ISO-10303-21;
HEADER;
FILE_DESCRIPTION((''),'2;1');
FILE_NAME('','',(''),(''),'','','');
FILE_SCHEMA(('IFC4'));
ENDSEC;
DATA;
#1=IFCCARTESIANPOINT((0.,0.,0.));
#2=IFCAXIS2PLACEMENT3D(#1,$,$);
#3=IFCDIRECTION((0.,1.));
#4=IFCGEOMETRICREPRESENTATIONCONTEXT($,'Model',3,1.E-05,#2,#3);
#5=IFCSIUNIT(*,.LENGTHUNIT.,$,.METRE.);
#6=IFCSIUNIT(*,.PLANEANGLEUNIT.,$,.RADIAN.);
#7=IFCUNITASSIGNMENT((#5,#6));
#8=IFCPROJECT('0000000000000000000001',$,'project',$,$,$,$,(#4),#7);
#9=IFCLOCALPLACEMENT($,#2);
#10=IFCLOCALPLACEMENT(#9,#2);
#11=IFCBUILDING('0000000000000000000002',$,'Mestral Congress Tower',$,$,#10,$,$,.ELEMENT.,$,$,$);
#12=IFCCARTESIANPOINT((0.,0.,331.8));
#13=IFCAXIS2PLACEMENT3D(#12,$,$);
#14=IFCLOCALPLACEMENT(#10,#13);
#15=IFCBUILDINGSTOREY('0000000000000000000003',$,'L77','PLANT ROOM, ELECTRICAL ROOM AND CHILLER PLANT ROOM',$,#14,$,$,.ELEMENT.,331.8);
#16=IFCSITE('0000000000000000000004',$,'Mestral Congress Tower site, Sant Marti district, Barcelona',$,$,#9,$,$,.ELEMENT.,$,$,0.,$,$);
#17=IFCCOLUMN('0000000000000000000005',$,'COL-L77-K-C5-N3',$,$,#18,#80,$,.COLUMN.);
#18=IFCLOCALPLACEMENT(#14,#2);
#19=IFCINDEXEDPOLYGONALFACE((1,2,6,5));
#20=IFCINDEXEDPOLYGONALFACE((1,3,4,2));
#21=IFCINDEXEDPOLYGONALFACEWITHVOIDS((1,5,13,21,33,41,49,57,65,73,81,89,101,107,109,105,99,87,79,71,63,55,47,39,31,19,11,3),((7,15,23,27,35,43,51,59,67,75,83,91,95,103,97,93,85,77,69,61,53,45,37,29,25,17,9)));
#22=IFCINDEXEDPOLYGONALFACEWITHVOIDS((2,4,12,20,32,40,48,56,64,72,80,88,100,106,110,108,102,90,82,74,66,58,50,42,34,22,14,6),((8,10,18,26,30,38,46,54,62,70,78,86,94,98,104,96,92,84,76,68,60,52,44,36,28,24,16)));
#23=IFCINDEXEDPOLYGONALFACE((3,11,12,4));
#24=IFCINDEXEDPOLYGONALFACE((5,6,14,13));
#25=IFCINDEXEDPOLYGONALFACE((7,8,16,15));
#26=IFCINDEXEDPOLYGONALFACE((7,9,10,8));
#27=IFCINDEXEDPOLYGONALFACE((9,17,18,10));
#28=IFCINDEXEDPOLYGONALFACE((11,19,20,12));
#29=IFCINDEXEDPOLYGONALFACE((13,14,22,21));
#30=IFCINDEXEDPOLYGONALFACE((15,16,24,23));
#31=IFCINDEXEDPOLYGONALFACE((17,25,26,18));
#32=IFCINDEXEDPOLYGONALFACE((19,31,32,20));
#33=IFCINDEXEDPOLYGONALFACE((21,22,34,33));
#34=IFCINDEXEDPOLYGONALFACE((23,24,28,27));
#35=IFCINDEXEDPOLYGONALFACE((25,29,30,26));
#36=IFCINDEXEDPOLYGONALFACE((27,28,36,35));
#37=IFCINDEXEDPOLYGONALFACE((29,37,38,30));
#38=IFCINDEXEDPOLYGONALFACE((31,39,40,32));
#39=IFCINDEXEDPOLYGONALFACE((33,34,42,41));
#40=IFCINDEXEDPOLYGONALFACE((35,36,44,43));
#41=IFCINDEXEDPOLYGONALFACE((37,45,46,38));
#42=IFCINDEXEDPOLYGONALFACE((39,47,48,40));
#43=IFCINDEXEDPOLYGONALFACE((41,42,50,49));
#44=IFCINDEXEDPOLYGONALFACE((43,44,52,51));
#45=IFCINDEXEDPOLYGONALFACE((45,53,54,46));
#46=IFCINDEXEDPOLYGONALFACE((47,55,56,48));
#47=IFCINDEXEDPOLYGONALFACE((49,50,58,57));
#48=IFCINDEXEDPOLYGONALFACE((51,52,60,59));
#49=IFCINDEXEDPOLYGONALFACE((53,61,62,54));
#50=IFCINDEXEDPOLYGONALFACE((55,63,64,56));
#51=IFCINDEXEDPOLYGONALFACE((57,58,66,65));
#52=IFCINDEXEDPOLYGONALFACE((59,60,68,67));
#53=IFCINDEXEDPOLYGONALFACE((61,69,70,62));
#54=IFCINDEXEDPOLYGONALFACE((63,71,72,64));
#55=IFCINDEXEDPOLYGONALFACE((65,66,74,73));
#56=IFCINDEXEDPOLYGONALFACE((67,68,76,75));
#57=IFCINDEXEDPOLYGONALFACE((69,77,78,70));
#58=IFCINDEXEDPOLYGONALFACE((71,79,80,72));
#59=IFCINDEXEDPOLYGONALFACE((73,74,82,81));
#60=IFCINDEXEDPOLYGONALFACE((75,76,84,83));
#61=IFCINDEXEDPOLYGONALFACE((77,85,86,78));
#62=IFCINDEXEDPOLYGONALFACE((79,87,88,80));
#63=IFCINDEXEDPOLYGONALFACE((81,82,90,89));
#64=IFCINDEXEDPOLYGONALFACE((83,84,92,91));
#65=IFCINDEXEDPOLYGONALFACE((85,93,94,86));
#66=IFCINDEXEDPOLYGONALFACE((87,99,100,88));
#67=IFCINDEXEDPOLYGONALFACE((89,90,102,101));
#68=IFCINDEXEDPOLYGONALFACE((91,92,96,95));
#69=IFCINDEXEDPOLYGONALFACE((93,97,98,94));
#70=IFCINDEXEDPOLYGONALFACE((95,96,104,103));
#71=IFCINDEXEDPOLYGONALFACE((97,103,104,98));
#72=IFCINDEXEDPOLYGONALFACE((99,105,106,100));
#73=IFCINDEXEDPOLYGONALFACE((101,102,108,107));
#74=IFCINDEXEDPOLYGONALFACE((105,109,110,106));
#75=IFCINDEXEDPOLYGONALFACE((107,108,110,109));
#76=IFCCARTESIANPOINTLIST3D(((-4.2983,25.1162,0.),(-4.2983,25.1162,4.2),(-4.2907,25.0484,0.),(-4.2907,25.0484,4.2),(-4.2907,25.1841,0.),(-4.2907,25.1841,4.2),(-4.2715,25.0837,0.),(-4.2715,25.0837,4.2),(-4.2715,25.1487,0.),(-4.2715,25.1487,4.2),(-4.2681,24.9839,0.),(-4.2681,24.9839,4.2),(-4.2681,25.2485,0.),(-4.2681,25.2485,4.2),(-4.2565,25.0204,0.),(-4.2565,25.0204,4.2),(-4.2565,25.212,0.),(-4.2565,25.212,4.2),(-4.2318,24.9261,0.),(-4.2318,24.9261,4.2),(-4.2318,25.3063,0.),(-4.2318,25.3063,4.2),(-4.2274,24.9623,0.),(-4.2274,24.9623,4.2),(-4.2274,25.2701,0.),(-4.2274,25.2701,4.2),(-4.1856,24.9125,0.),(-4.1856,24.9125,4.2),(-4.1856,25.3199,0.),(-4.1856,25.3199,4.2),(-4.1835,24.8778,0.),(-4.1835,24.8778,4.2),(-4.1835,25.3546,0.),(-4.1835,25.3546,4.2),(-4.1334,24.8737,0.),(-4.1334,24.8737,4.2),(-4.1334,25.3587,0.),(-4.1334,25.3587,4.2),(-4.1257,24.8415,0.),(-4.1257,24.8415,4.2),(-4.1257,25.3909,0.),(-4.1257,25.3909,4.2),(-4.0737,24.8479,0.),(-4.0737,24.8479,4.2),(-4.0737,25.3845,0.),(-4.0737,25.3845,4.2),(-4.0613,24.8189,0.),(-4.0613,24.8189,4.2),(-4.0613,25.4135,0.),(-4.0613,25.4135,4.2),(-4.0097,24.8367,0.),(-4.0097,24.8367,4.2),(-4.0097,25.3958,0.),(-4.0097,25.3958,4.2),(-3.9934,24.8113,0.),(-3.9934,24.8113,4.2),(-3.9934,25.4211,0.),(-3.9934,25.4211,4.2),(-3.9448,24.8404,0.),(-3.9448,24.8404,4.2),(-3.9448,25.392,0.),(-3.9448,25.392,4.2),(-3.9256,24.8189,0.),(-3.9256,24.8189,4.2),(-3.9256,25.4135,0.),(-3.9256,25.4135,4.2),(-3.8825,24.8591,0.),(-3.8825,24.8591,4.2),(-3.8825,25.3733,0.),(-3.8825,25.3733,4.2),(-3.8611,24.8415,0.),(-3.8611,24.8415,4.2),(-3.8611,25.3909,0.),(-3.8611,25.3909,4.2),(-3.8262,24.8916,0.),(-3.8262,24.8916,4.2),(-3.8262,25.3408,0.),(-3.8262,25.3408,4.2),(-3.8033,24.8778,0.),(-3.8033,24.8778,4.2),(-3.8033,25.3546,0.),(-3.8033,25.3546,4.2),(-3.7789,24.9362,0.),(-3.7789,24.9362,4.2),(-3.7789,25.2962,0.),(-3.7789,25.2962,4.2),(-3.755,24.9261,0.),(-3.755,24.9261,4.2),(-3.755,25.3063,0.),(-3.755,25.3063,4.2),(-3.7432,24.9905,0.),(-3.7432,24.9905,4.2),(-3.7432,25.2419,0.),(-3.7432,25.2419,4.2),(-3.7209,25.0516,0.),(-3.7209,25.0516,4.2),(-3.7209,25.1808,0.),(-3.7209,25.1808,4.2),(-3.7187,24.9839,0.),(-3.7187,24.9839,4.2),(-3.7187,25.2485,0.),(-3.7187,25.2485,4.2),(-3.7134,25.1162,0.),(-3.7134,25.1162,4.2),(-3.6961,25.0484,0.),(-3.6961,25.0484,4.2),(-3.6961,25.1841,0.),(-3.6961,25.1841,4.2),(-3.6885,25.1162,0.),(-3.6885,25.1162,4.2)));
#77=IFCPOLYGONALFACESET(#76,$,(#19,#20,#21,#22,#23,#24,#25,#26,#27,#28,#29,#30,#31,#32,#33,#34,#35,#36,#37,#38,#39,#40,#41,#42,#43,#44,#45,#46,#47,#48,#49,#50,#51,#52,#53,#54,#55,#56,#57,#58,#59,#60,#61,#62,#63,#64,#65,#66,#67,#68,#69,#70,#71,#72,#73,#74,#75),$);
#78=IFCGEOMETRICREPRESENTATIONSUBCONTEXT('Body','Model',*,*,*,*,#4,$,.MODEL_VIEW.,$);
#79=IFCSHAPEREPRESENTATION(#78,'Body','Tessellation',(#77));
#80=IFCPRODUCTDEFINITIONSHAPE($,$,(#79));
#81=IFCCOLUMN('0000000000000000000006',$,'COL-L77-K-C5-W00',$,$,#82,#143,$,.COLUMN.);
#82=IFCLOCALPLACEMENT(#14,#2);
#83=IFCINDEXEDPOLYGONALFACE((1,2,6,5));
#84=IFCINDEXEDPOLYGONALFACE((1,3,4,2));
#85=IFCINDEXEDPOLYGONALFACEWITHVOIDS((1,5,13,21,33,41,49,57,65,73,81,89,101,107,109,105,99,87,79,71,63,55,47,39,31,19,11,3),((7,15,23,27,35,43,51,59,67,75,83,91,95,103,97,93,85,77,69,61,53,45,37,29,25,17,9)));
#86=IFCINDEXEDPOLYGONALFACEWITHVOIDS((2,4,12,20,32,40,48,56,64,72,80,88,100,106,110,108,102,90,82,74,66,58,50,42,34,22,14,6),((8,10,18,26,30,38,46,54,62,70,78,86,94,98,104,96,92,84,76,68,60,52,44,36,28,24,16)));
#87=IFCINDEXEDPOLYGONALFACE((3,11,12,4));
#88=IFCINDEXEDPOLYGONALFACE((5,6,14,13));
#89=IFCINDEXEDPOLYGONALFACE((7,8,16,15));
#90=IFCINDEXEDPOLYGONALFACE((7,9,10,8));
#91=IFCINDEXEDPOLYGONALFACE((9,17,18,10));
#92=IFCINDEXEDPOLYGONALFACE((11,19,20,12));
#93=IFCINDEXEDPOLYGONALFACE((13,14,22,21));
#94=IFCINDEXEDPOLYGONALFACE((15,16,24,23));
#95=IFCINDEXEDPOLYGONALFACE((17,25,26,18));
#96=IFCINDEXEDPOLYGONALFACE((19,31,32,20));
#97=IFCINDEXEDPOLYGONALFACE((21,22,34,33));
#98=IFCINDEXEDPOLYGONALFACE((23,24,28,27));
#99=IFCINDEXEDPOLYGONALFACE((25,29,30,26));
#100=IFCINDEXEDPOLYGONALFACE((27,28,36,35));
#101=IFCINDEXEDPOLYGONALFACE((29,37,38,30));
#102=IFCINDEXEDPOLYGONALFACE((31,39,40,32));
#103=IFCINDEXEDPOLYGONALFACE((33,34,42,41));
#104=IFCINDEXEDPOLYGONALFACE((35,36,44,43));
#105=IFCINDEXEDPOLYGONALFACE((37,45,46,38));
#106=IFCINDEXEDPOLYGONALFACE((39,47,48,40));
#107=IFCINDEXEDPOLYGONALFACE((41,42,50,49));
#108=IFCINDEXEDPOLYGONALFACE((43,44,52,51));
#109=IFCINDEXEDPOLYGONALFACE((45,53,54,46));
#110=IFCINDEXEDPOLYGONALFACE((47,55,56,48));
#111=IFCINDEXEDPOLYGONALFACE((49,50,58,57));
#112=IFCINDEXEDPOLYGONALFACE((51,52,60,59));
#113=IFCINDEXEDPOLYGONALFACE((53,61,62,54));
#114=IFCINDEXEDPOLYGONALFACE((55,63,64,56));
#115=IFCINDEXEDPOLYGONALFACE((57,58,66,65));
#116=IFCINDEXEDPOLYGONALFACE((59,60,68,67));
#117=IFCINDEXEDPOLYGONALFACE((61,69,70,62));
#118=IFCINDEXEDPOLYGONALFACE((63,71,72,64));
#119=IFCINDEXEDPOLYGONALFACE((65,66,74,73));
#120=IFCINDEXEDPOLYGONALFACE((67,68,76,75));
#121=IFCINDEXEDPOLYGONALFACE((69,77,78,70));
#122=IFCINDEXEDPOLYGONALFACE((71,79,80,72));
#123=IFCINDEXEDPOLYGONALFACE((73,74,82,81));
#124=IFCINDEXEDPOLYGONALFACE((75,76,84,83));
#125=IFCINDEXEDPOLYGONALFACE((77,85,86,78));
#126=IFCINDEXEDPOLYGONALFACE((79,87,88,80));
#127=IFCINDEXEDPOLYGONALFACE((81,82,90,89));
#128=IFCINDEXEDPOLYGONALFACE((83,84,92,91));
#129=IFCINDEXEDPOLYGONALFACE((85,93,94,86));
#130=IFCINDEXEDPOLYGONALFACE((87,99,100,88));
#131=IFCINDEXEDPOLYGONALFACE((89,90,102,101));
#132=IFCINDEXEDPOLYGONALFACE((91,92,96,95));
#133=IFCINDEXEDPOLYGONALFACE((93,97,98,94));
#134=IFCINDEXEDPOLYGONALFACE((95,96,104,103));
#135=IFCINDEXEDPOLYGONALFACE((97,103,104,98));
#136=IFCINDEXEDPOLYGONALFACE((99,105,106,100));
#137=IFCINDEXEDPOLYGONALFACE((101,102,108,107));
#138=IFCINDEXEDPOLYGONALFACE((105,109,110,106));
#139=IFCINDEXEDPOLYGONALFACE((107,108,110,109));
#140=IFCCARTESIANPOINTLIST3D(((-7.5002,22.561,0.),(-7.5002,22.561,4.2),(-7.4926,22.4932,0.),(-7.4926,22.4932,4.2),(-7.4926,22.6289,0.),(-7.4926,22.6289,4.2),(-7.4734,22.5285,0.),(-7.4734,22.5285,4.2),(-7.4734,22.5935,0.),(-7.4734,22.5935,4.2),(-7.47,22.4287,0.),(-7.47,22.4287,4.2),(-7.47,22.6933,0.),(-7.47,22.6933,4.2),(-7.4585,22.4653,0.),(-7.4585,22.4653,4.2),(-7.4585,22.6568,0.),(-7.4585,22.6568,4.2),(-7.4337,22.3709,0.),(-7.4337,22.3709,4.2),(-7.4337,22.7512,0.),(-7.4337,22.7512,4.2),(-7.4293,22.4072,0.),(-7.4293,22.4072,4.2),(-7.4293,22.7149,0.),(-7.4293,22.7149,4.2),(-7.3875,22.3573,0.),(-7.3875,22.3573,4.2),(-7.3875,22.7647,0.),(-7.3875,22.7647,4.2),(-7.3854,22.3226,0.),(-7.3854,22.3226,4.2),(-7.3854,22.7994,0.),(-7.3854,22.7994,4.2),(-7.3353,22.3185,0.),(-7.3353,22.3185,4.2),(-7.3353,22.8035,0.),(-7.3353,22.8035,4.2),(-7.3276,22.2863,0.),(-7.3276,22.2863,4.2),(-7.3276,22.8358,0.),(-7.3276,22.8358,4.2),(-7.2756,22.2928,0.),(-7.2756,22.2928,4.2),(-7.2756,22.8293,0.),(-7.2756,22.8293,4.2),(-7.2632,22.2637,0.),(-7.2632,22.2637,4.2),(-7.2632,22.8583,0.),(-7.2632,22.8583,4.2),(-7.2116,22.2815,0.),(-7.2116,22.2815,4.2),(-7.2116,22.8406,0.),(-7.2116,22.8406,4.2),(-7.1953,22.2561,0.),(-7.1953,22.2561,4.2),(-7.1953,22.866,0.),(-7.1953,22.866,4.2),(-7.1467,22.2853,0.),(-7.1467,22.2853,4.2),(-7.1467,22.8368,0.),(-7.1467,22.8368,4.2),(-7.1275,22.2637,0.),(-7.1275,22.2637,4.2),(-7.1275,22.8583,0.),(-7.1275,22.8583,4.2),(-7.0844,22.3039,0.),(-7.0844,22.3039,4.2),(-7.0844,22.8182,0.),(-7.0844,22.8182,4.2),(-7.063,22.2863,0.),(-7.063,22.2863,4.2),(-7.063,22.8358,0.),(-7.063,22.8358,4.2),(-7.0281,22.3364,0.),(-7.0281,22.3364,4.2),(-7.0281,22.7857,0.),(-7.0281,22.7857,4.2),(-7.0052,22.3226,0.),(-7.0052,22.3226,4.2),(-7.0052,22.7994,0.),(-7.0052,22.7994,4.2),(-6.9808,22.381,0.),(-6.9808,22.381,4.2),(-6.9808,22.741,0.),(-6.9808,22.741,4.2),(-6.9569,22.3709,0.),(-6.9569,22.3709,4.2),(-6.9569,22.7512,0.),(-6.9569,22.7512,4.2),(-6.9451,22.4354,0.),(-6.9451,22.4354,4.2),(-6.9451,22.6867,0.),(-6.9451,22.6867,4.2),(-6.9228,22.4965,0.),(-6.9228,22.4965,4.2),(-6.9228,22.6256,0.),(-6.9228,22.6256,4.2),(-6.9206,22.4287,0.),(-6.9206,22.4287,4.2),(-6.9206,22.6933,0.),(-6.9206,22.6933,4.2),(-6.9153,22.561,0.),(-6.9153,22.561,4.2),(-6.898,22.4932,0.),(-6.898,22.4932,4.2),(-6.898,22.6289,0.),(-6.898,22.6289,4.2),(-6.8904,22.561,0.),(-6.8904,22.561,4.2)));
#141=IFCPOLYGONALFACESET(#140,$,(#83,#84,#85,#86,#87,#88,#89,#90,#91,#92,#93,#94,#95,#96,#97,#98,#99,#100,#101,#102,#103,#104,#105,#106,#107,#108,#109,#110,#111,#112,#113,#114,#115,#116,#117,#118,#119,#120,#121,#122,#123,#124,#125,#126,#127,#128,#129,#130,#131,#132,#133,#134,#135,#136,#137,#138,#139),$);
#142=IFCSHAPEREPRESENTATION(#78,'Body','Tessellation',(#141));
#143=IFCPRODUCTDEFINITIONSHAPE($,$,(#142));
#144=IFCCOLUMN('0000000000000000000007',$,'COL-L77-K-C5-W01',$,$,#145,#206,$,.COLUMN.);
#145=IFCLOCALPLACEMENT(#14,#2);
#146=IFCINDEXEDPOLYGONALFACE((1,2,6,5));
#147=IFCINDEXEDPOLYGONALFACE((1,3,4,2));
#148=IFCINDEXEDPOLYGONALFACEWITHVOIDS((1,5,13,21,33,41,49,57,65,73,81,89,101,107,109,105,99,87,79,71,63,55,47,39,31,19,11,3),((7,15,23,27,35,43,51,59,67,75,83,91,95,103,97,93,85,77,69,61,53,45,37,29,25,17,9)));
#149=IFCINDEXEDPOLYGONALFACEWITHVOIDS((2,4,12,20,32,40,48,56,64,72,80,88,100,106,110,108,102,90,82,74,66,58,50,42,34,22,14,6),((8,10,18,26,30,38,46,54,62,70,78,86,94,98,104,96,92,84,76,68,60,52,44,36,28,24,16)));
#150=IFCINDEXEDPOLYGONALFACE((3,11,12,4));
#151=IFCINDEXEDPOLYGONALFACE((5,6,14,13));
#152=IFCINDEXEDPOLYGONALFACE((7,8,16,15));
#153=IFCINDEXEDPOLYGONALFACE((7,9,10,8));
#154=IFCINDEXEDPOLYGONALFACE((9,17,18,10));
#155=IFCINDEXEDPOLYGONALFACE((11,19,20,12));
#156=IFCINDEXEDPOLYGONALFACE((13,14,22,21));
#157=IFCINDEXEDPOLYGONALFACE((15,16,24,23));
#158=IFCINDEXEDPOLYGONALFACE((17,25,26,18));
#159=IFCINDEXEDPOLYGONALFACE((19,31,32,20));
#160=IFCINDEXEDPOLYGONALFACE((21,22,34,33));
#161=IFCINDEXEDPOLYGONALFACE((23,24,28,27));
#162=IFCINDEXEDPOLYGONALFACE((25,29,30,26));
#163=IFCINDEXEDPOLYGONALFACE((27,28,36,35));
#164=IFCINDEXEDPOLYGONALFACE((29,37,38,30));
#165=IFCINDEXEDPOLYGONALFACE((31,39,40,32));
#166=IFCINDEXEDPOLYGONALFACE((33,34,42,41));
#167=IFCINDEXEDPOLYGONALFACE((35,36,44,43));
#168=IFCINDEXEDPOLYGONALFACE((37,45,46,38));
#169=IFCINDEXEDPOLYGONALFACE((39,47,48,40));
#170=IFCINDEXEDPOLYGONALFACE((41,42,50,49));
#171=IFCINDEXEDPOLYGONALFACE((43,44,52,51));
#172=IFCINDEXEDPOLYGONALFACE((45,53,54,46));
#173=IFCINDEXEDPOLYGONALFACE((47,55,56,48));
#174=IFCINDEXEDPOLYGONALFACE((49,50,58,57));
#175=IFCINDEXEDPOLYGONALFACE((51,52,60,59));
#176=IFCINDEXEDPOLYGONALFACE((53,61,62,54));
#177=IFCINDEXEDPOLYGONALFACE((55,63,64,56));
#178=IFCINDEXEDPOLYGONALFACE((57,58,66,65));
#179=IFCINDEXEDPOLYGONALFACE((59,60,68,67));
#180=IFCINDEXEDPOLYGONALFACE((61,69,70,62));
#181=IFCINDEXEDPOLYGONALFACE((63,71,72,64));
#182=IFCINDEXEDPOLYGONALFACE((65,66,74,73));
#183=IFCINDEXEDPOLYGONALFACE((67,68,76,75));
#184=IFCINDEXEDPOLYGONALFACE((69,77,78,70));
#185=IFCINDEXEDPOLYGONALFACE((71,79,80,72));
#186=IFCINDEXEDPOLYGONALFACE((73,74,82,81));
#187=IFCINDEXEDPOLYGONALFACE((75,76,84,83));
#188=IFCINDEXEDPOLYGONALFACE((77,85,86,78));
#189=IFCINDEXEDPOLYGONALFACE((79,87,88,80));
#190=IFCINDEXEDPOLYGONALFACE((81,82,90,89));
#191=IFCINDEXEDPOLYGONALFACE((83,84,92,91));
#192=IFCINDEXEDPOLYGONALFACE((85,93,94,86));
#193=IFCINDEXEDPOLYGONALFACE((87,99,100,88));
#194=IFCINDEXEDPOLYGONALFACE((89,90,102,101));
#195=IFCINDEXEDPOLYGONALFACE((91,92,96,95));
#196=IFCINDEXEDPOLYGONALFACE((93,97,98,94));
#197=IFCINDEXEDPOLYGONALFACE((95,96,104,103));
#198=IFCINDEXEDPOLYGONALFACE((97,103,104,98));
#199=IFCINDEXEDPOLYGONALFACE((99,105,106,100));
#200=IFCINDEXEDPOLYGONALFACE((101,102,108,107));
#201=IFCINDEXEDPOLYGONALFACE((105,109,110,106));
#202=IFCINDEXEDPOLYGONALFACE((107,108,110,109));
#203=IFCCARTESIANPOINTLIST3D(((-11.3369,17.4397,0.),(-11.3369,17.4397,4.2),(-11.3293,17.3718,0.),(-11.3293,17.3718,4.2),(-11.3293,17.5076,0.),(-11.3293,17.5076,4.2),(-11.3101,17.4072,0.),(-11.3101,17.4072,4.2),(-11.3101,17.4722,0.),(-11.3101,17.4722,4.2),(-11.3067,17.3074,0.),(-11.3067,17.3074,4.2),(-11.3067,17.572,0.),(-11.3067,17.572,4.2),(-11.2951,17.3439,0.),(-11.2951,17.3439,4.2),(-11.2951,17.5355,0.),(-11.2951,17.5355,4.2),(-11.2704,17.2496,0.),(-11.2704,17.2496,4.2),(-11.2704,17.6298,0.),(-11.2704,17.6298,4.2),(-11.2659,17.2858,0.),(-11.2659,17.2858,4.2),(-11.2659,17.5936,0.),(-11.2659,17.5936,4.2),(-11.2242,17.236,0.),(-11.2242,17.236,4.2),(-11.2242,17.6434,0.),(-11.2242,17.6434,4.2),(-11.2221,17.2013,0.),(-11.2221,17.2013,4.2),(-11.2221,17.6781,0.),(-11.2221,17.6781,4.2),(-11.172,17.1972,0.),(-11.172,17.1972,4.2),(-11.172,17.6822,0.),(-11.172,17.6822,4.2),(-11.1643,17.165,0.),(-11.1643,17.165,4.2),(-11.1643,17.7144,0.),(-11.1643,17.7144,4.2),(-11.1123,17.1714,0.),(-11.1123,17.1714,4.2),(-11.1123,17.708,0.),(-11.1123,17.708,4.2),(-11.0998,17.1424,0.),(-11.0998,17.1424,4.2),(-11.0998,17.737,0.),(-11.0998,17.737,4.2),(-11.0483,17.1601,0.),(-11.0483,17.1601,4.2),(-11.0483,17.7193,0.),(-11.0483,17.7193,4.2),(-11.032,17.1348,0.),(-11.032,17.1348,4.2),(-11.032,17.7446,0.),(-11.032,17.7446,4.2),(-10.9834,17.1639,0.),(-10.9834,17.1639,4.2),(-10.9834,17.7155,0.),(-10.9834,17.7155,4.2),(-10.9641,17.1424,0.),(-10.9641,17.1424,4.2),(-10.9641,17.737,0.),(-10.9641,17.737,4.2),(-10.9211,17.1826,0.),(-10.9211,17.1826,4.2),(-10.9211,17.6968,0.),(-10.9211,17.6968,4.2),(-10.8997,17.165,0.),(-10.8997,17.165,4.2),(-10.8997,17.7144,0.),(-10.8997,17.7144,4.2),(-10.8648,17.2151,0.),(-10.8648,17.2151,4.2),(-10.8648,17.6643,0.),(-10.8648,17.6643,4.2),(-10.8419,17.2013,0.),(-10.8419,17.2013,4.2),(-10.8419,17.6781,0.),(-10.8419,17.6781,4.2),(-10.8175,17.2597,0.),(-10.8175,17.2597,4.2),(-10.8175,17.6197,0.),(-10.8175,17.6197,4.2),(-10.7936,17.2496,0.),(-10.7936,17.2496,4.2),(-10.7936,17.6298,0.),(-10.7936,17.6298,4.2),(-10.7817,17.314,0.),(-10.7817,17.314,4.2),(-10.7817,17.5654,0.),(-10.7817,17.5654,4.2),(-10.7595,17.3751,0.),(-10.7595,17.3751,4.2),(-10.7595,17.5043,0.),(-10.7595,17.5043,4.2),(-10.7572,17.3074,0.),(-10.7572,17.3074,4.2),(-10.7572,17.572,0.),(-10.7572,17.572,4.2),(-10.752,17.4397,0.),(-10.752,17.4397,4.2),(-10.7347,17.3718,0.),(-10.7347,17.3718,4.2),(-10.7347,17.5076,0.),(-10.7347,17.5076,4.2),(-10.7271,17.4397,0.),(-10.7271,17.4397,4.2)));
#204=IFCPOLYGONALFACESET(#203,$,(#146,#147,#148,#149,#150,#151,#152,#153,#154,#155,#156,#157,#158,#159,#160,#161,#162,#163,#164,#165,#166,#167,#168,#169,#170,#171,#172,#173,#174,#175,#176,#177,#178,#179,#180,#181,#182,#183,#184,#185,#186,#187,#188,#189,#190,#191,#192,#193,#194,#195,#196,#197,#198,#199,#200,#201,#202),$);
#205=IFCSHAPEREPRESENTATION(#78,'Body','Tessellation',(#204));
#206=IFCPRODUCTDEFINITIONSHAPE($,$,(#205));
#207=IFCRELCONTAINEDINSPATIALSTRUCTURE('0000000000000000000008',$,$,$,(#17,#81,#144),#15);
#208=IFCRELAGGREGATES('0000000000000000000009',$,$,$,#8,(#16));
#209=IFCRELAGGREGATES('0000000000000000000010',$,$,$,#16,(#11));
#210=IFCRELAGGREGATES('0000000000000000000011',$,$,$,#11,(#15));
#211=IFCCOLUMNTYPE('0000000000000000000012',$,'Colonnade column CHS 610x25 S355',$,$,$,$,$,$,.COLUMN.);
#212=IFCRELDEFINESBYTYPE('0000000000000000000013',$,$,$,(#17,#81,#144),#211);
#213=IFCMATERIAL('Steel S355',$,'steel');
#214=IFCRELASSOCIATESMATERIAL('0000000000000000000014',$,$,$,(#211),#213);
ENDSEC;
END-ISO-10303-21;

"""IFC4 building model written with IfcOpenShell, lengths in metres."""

from ifc_helpers import new_model, si_unit, direction, frame, origin, origin_2d, place, context, subcontext, project, spatial, hollow_circle, extrude, material, material_profile, profile_set, type_object, element, save


model = new_model("IFC4")

# Units and contexts
model_context = context("Model", 3, precision=1e-05, world=origin(), true_north=direction((0.0, 1.0)))
body_context = subcontext(model_context, "Body", "Model", "MODEL_VIEW")
ifc_project = project(units=[si_unit("LENGTHUNIT", "METRE"), si_unit("PLANEANGLEUNIT", "RADIAN")], contexts=[model_context])

# Site, building, storey
site_placement = place(None, origin())
site = spatial("IfcSite", under=ifc_project, at=site_placement, Name="Mestral Congress Tower site, Sant Marti district, Barcelona", CompositionType="ELEMENT", RefElevation=0.0)
building_placement = place(site_placement, origin())
building = spatial("IfcBuilding", under=site, at=building_placement, Name="Mestral Congress Tower", CompositionType="ELEMENT")
storey_placement = place(building_placement, frame((0.0, 0.0, 331.8)))
storey = spatial("IfcBuildingStorey", under=building, at=storey_placement, Name="L77", Description="PLANT ROOM, ELECTRICAL ROOM AND CHILLER PLANT ROOM", CompositionType="ELEMENT", Elevation=331.8)

# Columns
ifc_material_1 = material(Name="Steel S355", Category="steel")
ifc_material_profile_1 = material_profile(ifc_material_1, hollow_circle(Radius=0.3049, WallThickness=0.0249, at=origin_2d()), Name="CHS 610x25")
ifc_profile_set_1 = profile_set([ifc_material_profile_1], Name="Steel S355")
column_type_1 = type_object("IfcColumnType", Name="Colonnade column CHS 610x25 S355", PredefinedType="COLUMN", material=ifc_profile_set_1)
for number, where, z_axis, x_axis, name in (
    (1, (-3.9934, 25.1162, 0.0), (0.0, 0.0, 1.0), (1.0, 0.0, 0.0), "COL-L77-K-C5-N3"),
    (2, (-7.1953, 22.561, 0.0), (0.0, 0.0, 1.0), (1.0, 0.0, 0.0), "COL-L77-K-C5-W00"),
    (3, (-11.032, 17.4397, 0.0), (0.0, 0.0, 1.0), (1.0, 0.0, 0.0), "COL-L77-K-C5-W01"),
):
    element("IfcColumn", number, at=place(storey_placement, frame(where, z_axis=z_axis, x_axis=x_axis)), inside=storey, type_object=column_type_1, Name=name, PredefinedType="COLUMN", context=body_context, shape_type="SweptSolid", body=[
        extrude(hollow_circle(Radius=0.3049, WallThickness=0.0249, at=origin_2d()), origin(), (0.0, 0.0, 1.0), 4.2),
    ])

save(model, "model.ifc")
